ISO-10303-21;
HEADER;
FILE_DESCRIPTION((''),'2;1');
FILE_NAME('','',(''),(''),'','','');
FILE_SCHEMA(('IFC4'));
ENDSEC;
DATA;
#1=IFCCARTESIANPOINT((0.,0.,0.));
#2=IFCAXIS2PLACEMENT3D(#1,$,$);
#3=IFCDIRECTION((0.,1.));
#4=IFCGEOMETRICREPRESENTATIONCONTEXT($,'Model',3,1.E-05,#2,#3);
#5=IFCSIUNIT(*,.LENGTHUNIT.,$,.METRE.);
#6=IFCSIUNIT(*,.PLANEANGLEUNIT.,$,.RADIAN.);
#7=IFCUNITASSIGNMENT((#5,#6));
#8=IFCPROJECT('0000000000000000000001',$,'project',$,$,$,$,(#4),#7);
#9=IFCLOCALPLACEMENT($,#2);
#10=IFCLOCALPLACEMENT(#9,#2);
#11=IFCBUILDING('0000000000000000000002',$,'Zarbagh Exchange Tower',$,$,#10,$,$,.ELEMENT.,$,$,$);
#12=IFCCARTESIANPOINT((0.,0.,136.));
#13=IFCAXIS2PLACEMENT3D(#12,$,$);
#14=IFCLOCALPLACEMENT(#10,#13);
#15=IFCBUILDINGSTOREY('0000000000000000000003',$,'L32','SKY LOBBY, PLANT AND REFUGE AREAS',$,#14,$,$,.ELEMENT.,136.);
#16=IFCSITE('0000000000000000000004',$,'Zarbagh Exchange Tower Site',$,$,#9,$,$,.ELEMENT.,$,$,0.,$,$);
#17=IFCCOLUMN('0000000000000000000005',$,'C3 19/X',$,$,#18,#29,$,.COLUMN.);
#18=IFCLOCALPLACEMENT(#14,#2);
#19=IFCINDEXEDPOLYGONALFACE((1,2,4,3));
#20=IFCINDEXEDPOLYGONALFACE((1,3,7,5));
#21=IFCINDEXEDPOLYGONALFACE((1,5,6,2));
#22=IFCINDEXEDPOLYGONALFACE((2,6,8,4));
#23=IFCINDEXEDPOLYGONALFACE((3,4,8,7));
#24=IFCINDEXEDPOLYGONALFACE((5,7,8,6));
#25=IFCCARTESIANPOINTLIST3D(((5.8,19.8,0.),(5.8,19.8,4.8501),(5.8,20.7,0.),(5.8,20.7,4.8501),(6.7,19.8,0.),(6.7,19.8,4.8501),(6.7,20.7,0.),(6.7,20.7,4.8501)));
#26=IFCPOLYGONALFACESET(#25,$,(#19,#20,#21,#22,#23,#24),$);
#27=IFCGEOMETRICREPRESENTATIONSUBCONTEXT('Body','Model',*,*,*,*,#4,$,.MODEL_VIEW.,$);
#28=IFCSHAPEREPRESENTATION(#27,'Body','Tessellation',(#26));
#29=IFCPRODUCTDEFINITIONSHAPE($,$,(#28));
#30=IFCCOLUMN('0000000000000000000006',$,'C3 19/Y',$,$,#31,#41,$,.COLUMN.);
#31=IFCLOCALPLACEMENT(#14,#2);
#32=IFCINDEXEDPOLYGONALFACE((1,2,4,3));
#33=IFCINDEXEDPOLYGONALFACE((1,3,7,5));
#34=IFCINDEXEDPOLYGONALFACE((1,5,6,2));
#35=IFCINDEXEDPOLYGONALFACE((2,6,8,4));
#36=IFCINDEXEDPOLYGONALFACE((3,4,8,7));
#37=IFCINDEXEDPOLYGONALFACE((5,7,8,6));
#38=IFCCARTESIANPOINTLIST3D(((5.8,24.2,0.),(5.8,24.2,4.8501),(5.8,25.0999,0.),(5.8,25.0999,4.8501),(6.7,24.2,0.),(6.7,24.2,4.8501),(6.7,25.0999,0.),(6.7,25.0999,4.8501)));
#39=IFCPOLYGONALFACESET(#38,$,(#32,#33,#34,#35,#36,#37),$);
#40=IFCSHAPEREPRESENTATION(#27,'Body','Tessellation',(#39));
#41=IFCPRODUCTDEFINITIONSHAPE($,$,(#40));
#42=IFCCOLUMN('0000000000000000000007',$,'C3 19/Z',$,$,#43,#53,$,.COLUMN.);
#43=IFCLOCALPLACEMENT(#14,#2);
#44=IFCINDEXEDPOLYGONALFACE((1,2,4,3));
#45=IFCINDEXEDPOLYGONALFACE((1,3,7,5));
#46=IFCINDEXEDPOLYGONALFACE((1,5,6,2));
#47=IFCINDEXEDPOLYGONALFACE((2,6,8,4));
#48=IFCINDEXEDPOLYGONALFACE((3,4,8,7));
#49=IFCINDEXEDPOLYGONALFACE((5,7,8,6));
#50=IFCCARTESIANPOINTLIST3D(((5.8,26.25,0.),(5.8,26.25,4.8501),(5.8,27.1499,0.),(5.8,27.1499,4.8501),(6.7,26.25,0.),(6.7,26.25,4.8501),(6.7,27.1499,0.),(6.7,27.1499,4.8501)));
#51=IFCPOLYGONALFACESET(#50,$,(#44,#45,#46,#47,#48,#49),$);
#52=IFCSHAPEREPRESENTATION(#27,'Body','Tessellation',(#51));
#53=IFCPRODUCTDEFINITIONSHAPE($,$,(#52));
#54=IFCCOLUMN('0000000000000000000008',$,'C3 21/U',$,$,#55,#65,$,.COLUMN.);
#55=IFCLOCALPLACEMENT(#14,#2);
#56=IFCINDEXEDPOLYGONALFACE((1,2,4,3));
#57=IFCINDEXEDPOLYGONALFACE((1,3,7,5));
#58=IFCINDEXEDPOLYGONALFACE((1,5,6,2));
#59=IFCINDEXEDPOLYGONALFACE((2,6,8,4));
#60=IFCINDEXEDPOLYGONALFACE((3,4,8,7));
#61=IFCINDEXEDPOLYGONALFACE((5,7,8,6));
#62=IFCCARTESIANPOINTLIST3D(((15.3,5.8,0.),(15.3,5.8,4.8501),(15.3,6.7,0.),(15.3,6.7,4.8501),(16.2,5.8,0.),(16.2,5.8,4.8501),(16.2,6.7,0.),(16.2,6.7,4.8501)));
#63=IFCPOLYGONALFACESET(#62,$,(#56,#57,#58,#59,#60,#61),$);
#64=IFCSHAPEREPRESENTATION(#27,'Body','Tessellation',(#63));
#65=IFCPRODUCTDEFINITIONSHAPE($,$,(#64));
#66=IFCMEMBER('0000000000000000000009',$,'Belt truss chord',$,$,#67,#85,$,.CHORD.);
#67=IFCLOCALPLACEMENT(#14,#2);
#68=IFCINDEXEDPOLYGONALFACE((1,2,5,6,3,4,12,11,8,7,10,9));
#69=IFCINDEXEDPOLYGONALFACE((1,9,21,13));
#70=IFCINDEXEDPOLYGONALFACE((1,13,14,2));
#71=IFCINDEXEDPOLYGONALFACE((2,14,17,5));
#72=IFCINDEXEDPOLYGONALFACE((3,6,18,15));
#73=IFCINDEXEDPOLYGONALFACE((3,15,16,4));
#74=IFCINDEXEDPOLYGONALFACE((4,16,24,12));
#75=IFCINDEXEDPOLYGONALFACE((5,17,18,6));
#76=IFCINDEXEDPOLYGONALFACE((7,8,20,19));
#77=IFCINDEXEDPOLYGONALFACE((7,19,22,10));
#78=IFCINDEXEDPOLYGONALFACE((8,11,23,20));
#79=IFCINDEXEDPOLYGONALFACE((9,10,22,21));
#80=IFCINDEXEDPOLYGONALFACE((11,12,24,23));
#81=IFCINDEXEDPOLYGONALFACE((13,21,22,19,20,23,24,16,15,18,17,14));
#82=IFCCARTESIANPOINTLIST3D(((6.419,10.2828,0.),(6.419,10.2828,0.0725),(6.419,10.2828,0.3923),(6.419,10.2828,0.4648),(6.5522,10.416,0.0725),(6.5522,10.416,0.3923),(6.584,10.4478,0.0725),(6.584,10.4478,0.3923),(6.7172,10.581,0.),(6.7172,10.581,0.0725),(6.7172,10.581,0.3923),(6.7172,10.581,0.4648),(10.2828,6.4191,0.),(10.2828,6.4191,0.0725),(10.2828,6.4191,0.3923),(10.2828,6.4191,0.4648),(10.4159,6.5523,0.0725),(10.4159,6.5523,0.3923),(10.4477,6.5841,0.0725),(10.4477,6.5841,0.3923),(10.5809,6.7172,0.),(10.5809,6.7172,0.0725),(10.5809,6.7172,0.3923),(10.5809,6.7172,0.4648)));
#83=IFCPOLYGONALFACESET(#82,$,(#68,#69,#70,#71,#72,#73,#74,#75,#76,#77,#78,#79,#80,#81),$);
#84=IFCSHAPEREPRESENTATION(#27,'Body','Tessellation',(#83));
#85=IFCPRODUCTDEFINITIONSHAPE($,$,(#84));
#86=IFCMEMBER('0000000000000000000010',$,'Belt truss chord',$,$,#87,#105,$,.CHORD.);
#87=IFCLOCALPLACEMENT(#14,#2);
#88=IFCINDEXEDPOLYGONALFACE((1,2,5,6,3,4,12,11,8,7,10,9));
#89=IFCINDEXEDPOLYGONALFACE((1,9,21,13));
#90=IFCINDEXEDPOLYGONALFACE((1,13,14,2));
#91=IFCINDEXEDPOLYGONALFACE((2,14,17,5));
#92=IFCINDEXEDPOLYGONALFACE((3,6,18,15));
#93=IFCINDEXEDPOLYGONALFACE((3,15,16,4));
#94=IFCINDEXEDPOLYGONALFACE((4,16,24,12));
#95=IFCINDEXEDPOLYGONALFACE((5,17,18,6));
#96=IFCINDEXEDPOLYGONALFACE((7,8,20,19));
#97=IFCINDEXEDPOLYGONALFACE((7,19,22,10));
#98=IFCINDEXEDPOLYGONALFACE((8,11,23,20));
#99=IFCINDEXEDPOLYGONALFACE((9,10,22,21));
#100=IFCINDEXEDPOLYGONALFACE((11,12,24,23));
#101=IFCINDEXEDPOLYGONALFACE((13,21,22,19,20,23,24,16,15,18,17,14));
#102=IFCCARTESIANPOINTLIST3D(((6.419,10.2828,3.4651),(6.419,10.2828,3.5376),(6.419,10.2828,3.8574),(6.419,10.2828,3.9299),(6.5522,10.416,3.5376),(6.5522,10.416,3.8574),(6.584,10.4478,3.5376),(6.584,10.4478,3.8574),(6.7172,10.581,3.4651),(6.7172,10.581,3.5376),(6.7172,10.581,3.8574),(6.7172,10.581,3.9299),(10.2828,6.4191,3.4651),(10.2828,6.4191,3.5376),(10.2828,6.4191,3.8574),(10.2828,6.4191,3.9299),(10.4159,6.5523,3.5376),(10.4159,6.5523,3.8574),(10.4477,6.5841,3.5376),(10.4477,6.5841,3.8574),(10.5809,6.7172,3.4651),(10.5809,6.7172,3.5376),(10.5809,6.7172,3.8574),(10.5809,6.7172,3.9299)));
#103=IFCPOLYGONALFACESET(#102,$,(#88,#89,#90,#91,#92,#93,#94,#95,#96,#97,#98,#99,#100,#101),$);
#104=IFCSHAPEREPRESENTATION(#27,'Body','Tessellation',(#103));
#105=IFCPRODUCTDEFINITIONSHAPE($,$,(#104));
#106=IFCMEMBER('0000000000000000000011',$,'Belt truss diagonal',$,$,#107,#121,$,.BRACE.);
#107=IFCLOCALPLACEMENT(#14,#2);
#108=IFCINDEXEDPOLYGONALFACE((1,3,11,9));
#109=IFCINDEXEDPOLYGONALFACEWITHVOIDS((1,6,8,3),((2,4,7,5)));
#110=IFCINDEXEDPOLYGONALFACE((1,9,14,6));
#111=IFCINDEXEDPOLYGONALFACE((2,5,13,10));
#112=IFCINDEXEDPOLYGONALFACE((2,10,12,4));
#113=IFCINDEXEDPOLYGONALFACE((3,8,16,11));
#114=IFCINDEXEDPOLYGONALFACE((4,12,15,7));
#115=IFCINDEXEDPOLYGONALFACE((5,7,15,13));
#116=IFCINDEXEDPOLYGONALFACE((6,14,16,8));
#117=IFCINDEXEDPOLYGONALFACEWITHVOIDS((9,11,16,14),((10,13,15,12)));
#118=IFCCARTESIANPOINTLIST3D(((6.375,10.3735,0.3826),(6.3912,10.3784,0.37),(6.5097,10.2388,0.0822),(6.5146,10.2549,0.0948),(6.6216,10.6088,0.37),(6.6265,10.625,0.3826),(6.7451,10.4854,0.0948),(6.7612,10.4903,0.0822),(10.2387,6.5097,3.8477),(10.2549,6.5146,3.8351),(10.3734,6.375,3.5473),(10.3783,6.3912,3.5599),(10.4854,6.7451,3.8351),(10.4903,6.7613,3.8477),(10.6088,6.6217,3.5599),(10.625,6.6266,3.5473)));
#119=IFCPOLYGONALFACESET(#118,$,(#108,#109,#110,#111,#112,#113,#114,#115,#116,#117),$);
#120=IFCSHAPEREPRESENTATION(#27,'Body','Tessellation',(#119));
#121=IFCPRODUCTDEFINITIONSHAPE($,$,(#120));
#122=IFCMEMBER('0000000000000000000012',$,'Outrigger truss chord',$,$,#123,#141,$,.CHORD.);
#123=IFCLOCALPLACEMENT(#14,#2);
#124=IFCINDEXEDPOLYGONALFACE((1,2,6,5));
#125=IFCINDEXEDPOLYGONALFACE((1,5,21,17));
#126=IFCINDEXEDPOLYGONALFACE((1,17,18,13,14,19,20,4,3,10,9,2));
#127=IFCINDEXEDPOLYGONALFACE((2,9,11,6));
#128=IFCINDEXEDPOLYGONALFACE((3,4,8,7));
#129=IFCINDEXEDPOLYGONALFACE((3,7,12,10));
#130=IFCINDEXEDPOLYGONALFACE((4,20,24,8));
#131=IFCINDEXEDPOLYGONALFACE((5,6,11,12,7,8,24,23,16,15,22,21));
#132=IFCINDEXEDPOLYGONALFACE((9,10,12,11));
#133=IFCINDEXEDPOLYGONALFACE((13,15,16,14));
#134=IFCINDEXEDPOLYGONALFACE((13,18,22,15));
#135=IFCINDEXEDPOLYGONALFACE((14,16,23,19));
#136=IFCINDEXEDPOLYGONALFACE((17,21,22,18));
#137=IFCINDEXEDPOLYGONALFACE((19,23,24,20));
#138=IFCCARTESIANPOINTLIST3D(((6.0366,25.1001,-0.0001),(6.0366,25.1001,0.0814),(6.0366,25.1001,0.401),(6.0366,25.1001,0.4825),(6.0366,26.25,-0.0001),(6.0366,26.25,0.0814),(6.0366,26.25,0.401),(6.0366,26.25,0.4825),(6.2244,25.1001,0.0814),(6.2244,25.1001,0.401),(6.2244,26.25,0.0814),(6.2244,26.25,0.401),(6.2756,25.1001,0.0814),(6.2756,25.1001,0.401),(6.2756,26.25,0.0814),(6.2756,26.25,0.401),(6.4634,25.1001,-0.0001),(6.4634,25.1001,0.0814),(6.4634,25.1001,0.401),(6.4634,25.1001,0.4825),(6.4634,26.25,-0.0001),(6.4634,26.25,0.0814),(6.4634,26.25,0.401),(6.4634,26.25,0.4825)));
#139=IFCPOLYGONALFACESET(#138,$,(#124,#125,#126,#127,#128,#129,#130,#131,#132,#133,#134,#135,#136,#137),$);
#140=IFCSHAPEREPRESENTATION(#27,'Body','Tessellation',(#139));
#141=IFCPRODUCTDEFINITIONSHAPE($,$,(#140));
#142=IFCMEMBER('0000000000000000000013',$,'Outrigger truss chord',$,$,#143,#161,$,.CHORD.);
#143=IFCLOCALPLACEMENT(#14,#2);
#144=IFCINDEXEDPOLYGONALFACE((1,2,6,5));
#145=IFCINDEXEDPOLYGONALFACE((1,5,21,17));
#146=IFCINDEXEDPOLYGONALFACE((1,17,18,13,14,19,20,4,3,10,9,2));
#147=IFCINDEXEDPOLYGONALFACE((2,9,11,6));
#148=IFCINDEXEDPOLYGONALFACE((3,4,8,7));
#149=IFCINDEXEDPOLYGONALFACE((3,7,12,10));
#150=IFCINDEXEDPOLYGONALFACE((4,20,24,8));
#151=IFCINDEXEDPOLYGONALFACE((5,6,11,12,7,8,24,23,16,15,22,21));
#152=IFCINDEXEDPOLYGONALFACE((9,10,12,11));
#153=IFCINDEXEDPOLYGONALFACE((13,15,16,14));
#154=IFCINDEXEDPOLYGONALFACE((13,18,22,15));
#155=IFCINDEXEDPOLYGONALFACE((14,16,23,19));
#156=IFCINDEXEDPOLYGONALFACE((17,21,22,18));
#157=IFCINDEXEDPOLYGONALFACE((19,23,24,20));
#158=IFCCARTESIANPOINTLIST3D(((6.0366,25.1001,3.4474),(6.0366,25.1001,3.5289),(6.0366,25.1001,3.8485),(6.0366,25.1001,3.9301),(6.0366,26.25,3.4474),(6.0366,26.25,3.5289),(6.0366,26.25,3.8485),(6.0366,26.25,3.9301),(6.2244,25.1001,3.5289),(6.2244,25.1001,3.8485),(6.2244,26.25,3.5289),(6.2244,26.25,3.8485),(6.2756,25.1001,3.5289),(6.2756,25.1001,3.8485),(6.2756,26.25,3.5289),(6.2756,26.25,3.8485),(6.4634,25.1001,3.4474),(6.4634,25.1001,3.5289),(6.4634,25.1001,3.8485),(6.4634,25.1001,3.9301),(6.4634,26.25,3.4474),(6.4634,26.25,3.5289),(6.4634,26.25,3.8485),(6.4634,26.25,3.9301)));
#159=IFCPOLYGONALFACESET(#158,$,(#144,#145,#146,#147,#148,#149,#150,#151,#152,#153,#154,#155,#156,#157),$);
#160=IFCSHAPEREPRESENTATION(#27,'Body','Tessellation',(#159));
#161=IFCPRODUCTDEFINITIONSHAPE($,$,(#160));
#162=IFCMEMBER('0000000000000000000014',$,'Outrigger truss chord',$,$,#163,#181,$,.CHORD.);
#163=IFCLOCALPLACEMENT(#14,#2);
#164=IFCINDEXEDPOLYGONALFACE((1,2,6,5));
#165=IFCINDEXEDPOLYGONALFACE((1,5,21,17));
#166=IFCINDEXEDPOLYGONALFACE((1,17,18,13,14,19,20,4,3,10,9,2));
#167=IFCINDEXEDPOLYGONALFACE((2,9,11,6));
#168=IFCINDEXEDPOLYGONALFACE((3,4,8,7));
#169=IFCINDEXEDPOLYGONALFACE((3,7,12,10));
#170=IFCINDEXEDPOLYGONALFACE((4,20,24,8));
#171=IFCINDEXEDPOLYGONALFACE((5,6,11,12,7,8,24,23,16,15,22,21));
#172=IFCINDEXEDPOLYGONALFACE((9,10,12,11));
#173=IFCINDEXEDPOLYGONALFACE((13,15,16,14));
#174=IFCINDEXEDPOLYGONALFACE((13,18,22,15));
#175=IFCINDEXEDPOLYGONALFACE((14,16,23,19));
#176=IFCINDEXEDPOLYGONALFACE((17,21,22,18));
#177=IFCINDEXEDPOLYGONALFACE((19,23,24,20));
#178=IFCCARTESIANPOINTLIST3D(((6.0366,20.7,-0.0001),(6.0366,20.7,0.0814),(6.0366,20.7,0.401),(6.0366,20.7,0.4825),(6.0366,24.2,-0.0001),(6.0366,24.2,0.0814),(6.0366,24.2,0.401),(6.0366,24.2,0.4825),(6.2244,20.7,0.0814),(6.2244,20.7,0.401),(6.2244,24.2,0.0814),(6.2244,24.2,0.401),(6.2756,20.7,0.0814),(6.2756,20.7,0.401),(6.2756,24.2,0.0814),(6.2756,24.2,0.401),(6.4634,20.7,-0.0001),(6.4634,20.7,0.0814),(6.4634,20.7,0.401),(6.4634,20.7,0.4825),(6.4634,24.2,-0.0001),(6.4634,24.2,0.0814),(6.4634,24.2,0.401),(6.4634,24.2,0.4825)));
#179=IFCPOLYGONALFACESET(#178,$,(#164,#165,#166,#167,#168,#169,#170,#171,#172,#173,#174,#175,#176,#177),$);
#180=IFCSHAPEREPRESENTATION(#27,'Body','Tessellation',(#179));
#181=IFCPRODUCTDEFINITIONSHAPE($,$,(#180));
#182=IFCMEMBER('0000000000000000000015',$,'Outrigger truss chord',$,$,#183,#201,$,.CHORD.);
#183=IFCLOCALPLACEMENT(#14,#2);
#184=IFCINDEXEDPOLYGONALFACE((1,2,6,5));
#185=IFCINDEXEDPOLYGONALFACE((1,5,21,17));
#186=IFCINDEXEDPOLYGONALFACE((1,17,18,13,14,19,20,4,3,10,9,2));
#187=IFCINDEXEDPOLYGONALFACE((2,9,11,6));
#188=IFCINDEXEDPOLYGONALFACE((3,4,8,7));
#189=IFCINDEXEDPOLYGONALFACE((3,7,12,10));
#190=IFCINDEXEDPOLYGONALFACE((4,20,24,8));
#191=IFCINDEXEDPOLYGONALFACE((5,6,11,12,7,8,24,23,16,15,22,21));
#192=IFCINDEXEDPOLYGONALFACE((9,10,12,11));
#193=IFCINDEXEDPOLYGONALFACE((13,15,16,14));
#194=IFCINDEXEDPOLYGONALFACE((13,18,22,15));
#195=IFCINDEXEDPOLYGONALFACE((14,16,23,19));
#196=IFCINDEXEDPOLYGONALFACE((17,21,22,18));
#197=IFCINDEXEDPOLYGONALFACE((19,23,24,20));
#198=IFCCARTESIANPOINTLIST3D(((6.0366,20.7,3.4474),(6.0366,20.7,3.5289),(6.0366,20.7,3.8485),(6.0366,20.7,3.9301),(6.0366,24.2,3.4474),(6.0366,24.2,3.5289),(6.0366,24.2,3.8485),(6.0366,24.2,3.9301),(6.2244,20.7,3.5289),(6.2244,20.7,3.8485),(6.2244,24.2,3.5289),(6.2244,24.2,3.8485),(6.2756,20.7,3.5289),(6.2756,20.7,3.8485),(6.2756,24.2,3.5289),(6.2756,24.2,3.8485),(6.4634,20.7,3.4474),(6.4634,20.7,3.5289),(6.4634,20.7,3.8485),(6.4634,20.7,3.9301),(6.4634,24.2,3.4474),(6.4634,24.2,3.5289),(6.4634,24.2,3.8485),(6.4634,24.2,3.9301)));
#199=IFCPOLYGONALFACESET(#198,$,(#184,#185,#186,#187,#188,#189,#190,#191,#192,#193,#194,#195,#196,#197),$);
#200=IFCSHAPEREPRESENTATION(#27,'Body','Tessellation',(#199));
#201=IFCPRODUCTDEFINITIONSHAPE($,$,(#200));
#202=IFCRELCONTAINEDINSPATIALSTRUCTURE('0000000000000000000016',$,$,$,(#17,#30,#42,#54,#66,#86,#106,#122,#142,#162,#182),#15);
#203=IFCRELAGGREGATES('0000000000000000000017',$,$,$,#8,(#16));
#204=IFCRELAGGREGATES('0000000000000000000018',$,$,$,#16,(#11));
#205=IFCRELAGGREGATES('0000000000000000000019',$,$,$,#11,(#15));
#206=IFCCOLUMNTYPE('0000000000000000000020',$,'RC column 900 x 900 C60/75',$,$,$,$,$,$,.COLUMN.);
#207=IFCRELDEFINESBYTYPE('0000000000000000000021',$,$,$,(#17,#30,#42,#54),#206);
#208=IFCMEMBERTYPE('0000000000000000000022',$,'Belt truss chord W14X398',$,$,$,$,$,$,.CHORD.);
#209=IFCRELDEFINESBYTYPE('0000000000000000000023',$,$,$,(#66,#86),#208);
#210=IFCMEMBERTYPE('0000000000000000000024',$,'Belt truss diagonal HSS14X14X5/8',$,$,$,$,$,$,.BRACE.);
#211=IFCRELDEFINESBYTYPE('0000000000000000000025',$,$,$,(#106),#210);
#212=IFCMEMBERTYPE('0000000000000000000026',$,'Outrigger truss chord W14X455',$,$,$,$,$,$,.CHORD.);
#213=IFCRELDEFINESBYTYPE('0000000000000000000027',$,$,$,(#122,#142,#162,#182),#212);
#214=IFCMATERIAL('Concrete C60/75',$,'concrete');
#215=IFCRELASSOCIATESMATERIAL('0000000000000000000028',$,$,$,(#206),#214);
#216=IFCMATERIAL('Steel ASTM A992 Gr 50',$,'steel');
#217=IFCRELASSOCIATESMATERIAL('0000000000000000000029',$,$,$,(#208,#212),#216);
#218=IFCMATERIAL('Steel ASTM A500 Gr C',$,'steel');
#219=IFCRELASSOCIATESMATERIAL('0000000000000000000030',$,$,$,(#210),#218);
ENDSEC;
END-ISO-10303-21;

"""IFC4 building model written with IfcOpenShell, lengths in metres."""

from ifc_helpers import new_model, si_unit, direction, frame, origin, origin_2d, place, context, subcontext, project, spatial, rectangle, hollow_rectangle, i_section, extrude, material, material_profile, profile_set, type_object, element, save


model = new_model("IFC4")

# Units and contexts
model_context = context("Model", 3, precision=1e-05, world=origin(), true_north=direction((0.0, 1.0)))
body_context = subcontext(model_context, "Body", "Model", "MODEL_VIEW")
ifc_project = project(units=[si_unit("LENGTHUNIT", "METRE"), si_unit("PLANEANGLEUNIT", "RADIAN")], contexts=[model_context])

# Site, building, storey
site_placement = place(None, origin())
site = spatial("IfcSite", under=ifc_project, at=site_placement, Name="Zarbagh Exchange Tower Site", CompositionType="ELEMENT", RefElevation=0.0)
building_placement = place(site_placement, origin())
building = spatial("IfcBuilding", under=site, at=building_placement, Name="Zarbagh Exchange Tower", CompositionType="ELEMENT")
storey_placement = place(building_placement, frame((0.0, 0.0, 136.0)))
storey = spatial("IfcBuildingStorey", under=building, at=storey_placement, Name="L32", Description="SKY LOBBY, PLANT AND REFUGE AREAS", CompositionType="ELEMENT", Elevation=136.0)

# Columns
ifc_material_1 = material(Name="Concrete C60/75", Category="concrete")
ifc_material_profile_1 = material_profile(ifc_material_1, rectangle(XDim=0.8999, YDim=0.8999, at=origin_2d()), Name="RC column 900 x 900 C60/75")
ifc_profile_set_1 = profile_set([ifc_material_profile_1], Name="Concrete C60/75")
column_type = type_object("IfcColumnType", Name="RC column 900 x 900 C60/75", PredefinedType="COLUMN", material=ifc_profile_set_1)
for number, where, z_axis, x_axis, name in (
    (1, (6.25, 20.25, 0.0), (0.0, 0.0, 1.0), (1.0, 0.0, 0.0), "C3 19/X"),
    (2, (6.25, 24.6499, 0.0), (0.0, 0.0, 1.0), (1.0, 0.0, 0.0), "C3 19/Y"),
    (3, (6.25, 26.7, 0.0), (0.0, 0.0, 1.0), (1.0, 0.0, 0.0), "C3 19/Z"),
    (4, (15.75, 6.25, 0.0), (0.0, 0.0, 1.0), (1.0, 0.0, 0.0), "C3 21/U"),
):
    element("IfcColumn", number, at=place(storey_placement, frame(where, z_axis=z_axis, x_axis=x_axis)), inside=storey, type_object=column_type, Name=name, PredefinedType="COLUMN", context=body_context, shape_type="SweptSolid", body=[
        extrude(rectangle(XDim=0.8999, YDim=0.8999, at=origin_2d()), origin(), (0.0, 0.0, 1.0), 4.8501),
    ])

# Members
ifc_material_2 = material(Name="Steel ASTM A992 Gr 50", Category="steel")
ifc_material_profile_2 = material_profile(ifc_material_2, i_section(OverallWidth=0.4216, OverallDepth=0.4648, WebThickness=0.0449, FlangeThickness=0.0725, at=origin_2d()), Name="W14X398")
ifc_profile_set_2 = profile_set([ifc_material_profile_2], Name="Steel ASTM A992 Gr 50")
member_type_1 = type_object("IfcMemberType", Name="Belt truss chord W14X398", PredefinedType="CHORD", material=ifc_profile_set_2)
for number, where, z_axis, x_axis, name in (
    (5, (6.5681, 10.4319, 0.2324), (0.707107, -0.707107, 0.0), (0.707107, 0.707107, 0.0), "Belt truss chord"),
    (6, (6.5681, 10.4319, 3.6975), (0.707107, -0.707107, 0.0), (0.707107, 0.707107, 0.0), "Belt truss chord"),
):
    element("IfcMember", number, at=place(storey_placement, frame(where, z_axis=z_axis, x_axis=x_axis)), inside=storey, type_object=member_type_1, Name=name, PredefinedType="CHORD", context=body_context, shape_type="SweptSolid", body=[
        extrude(i_section(OverallWidth=0.4216, OverallDepth=0.4648, WebThickness=0.0449, FlangeThickness=0.0725, at=origin_2d()), origin(), (0.0, 0.0, 1.0), 5.4641),
    ])
ifc_material_3 = material(Name="Steel ASTM A500 Gr C", Category="steel")
ifc_material_profile_3 = material_profile(ifc_material_3, hollow_rectangle(XDim=0.3557, YDim=0.3557, WallThickness=0.0149, at=origin_2d()), Name="HSS14X14X5/8")
ifc_profile_set_3 = profile_set([ifc_material_profile_3], Name="Steel ASTM A500 Gr C")
member_type_2 = type_object("IfcMemberType", Name="Belt truss diagonal HSS14X14X5/8", PredefinedType="BRACE", material=ifc_profile_set_3)
member_1_placement = place(storey_placement, frame((6.5681, 10.4319, 0.2324), z_axis=(0.597158, -0.597158, 0.535541), x_axis=(0.707107, 0.707107, 0.0)))
element("IfcMember", 7, at=member_1_placement, inside=storey, type_object=member_type_2, Name="Belt truss diagonal", PredefinedType="BRACE", context=body_context, shape_type="SweptSolid", body=[
    extrude(hollow_rectangle(XDim=0.3557, YDim=0.3557, WallThickness=0.0149, at=origin_2d()), origin(), (0.0, 0.0, 1.0), 6.4702),
])
ifc_material_profile_4 = material_profile(ifc_material_2, i_section(OverallWidth=0.4268, OverallDepth=0.4827, WebThickness=0.0513, FlangeThickness=0.0815, at=origin_2d()), Name="W14X455")
ifc_profile_set_4 = profile_set([ifc_material_profile_4], Name="Steel ASTM A992 Gr 50")
member_type_3 = type_object("IfcMemberType", Name="Outrigger truss chord W14X455", PredefinedType="CHORD", material=ifc_profile_set_4)
for number, where, z_axis, x_axis, name in (
    (8, (6.25, 26.25, 0.2412), (0.0, -1.0, 0.0), (1.0, 0.0, 0.0), "Outrigger truss chord"),
    (9, (6.25, 26.25, 3.6887), (0.0, -1.0, 0.0), (1.0, 0.0, 0.0), "Outrigger truss chord"),
):
    element("IfcMember", number, at=place(storey_placement, frame(where, z_axis=z_axis, x_axis=x_axis)), inside=storey, type_object=member_type_3, Name=name, PredefinedType="CHORD", context=body_context, shape_type="SweptSolid", body=[
        extrude(i_section(OverallWidth=0.4268, OverallDepth=0.4827, WebThickness=0.0513, FlangeThickness=0.0815, at=origin_2d()), origin(), (0.0, 0.0, 1.0), 1.1499),
    ])
for number, where, z_axis, x_axis, name in (
    (10, (6.25, 24.2, 0.2412), (0.0, -1.0, 0.0), (1.0, 0.0, 0.0), "Outrigger truss chord"),
    (11, (6.25, 24.2, 3.6887), (0.0, -1.0, 0.0), (1.0, 0.0, 0.0), "Outrigger truss chord"),
):
    element("IfcMember", number, at=place(storey_placement, frame(where, z_axis=z_axis, x_axis=x_axis)), inside=storey, type_object=member_type_3, Name=name, PredefinedType="CHORD", context=body_context, shape_type="SweptSolid", body=[
        extrude(i_section(OverallWidth=0.4268, OverallDepth=0.4827, WebThickness=0.0513, FlangeThickness=0.0815, at=origin_2d()), origin(), (0.0, 0.0, 1.0), 3.5),
    ])

save(model, "model.ifc")
